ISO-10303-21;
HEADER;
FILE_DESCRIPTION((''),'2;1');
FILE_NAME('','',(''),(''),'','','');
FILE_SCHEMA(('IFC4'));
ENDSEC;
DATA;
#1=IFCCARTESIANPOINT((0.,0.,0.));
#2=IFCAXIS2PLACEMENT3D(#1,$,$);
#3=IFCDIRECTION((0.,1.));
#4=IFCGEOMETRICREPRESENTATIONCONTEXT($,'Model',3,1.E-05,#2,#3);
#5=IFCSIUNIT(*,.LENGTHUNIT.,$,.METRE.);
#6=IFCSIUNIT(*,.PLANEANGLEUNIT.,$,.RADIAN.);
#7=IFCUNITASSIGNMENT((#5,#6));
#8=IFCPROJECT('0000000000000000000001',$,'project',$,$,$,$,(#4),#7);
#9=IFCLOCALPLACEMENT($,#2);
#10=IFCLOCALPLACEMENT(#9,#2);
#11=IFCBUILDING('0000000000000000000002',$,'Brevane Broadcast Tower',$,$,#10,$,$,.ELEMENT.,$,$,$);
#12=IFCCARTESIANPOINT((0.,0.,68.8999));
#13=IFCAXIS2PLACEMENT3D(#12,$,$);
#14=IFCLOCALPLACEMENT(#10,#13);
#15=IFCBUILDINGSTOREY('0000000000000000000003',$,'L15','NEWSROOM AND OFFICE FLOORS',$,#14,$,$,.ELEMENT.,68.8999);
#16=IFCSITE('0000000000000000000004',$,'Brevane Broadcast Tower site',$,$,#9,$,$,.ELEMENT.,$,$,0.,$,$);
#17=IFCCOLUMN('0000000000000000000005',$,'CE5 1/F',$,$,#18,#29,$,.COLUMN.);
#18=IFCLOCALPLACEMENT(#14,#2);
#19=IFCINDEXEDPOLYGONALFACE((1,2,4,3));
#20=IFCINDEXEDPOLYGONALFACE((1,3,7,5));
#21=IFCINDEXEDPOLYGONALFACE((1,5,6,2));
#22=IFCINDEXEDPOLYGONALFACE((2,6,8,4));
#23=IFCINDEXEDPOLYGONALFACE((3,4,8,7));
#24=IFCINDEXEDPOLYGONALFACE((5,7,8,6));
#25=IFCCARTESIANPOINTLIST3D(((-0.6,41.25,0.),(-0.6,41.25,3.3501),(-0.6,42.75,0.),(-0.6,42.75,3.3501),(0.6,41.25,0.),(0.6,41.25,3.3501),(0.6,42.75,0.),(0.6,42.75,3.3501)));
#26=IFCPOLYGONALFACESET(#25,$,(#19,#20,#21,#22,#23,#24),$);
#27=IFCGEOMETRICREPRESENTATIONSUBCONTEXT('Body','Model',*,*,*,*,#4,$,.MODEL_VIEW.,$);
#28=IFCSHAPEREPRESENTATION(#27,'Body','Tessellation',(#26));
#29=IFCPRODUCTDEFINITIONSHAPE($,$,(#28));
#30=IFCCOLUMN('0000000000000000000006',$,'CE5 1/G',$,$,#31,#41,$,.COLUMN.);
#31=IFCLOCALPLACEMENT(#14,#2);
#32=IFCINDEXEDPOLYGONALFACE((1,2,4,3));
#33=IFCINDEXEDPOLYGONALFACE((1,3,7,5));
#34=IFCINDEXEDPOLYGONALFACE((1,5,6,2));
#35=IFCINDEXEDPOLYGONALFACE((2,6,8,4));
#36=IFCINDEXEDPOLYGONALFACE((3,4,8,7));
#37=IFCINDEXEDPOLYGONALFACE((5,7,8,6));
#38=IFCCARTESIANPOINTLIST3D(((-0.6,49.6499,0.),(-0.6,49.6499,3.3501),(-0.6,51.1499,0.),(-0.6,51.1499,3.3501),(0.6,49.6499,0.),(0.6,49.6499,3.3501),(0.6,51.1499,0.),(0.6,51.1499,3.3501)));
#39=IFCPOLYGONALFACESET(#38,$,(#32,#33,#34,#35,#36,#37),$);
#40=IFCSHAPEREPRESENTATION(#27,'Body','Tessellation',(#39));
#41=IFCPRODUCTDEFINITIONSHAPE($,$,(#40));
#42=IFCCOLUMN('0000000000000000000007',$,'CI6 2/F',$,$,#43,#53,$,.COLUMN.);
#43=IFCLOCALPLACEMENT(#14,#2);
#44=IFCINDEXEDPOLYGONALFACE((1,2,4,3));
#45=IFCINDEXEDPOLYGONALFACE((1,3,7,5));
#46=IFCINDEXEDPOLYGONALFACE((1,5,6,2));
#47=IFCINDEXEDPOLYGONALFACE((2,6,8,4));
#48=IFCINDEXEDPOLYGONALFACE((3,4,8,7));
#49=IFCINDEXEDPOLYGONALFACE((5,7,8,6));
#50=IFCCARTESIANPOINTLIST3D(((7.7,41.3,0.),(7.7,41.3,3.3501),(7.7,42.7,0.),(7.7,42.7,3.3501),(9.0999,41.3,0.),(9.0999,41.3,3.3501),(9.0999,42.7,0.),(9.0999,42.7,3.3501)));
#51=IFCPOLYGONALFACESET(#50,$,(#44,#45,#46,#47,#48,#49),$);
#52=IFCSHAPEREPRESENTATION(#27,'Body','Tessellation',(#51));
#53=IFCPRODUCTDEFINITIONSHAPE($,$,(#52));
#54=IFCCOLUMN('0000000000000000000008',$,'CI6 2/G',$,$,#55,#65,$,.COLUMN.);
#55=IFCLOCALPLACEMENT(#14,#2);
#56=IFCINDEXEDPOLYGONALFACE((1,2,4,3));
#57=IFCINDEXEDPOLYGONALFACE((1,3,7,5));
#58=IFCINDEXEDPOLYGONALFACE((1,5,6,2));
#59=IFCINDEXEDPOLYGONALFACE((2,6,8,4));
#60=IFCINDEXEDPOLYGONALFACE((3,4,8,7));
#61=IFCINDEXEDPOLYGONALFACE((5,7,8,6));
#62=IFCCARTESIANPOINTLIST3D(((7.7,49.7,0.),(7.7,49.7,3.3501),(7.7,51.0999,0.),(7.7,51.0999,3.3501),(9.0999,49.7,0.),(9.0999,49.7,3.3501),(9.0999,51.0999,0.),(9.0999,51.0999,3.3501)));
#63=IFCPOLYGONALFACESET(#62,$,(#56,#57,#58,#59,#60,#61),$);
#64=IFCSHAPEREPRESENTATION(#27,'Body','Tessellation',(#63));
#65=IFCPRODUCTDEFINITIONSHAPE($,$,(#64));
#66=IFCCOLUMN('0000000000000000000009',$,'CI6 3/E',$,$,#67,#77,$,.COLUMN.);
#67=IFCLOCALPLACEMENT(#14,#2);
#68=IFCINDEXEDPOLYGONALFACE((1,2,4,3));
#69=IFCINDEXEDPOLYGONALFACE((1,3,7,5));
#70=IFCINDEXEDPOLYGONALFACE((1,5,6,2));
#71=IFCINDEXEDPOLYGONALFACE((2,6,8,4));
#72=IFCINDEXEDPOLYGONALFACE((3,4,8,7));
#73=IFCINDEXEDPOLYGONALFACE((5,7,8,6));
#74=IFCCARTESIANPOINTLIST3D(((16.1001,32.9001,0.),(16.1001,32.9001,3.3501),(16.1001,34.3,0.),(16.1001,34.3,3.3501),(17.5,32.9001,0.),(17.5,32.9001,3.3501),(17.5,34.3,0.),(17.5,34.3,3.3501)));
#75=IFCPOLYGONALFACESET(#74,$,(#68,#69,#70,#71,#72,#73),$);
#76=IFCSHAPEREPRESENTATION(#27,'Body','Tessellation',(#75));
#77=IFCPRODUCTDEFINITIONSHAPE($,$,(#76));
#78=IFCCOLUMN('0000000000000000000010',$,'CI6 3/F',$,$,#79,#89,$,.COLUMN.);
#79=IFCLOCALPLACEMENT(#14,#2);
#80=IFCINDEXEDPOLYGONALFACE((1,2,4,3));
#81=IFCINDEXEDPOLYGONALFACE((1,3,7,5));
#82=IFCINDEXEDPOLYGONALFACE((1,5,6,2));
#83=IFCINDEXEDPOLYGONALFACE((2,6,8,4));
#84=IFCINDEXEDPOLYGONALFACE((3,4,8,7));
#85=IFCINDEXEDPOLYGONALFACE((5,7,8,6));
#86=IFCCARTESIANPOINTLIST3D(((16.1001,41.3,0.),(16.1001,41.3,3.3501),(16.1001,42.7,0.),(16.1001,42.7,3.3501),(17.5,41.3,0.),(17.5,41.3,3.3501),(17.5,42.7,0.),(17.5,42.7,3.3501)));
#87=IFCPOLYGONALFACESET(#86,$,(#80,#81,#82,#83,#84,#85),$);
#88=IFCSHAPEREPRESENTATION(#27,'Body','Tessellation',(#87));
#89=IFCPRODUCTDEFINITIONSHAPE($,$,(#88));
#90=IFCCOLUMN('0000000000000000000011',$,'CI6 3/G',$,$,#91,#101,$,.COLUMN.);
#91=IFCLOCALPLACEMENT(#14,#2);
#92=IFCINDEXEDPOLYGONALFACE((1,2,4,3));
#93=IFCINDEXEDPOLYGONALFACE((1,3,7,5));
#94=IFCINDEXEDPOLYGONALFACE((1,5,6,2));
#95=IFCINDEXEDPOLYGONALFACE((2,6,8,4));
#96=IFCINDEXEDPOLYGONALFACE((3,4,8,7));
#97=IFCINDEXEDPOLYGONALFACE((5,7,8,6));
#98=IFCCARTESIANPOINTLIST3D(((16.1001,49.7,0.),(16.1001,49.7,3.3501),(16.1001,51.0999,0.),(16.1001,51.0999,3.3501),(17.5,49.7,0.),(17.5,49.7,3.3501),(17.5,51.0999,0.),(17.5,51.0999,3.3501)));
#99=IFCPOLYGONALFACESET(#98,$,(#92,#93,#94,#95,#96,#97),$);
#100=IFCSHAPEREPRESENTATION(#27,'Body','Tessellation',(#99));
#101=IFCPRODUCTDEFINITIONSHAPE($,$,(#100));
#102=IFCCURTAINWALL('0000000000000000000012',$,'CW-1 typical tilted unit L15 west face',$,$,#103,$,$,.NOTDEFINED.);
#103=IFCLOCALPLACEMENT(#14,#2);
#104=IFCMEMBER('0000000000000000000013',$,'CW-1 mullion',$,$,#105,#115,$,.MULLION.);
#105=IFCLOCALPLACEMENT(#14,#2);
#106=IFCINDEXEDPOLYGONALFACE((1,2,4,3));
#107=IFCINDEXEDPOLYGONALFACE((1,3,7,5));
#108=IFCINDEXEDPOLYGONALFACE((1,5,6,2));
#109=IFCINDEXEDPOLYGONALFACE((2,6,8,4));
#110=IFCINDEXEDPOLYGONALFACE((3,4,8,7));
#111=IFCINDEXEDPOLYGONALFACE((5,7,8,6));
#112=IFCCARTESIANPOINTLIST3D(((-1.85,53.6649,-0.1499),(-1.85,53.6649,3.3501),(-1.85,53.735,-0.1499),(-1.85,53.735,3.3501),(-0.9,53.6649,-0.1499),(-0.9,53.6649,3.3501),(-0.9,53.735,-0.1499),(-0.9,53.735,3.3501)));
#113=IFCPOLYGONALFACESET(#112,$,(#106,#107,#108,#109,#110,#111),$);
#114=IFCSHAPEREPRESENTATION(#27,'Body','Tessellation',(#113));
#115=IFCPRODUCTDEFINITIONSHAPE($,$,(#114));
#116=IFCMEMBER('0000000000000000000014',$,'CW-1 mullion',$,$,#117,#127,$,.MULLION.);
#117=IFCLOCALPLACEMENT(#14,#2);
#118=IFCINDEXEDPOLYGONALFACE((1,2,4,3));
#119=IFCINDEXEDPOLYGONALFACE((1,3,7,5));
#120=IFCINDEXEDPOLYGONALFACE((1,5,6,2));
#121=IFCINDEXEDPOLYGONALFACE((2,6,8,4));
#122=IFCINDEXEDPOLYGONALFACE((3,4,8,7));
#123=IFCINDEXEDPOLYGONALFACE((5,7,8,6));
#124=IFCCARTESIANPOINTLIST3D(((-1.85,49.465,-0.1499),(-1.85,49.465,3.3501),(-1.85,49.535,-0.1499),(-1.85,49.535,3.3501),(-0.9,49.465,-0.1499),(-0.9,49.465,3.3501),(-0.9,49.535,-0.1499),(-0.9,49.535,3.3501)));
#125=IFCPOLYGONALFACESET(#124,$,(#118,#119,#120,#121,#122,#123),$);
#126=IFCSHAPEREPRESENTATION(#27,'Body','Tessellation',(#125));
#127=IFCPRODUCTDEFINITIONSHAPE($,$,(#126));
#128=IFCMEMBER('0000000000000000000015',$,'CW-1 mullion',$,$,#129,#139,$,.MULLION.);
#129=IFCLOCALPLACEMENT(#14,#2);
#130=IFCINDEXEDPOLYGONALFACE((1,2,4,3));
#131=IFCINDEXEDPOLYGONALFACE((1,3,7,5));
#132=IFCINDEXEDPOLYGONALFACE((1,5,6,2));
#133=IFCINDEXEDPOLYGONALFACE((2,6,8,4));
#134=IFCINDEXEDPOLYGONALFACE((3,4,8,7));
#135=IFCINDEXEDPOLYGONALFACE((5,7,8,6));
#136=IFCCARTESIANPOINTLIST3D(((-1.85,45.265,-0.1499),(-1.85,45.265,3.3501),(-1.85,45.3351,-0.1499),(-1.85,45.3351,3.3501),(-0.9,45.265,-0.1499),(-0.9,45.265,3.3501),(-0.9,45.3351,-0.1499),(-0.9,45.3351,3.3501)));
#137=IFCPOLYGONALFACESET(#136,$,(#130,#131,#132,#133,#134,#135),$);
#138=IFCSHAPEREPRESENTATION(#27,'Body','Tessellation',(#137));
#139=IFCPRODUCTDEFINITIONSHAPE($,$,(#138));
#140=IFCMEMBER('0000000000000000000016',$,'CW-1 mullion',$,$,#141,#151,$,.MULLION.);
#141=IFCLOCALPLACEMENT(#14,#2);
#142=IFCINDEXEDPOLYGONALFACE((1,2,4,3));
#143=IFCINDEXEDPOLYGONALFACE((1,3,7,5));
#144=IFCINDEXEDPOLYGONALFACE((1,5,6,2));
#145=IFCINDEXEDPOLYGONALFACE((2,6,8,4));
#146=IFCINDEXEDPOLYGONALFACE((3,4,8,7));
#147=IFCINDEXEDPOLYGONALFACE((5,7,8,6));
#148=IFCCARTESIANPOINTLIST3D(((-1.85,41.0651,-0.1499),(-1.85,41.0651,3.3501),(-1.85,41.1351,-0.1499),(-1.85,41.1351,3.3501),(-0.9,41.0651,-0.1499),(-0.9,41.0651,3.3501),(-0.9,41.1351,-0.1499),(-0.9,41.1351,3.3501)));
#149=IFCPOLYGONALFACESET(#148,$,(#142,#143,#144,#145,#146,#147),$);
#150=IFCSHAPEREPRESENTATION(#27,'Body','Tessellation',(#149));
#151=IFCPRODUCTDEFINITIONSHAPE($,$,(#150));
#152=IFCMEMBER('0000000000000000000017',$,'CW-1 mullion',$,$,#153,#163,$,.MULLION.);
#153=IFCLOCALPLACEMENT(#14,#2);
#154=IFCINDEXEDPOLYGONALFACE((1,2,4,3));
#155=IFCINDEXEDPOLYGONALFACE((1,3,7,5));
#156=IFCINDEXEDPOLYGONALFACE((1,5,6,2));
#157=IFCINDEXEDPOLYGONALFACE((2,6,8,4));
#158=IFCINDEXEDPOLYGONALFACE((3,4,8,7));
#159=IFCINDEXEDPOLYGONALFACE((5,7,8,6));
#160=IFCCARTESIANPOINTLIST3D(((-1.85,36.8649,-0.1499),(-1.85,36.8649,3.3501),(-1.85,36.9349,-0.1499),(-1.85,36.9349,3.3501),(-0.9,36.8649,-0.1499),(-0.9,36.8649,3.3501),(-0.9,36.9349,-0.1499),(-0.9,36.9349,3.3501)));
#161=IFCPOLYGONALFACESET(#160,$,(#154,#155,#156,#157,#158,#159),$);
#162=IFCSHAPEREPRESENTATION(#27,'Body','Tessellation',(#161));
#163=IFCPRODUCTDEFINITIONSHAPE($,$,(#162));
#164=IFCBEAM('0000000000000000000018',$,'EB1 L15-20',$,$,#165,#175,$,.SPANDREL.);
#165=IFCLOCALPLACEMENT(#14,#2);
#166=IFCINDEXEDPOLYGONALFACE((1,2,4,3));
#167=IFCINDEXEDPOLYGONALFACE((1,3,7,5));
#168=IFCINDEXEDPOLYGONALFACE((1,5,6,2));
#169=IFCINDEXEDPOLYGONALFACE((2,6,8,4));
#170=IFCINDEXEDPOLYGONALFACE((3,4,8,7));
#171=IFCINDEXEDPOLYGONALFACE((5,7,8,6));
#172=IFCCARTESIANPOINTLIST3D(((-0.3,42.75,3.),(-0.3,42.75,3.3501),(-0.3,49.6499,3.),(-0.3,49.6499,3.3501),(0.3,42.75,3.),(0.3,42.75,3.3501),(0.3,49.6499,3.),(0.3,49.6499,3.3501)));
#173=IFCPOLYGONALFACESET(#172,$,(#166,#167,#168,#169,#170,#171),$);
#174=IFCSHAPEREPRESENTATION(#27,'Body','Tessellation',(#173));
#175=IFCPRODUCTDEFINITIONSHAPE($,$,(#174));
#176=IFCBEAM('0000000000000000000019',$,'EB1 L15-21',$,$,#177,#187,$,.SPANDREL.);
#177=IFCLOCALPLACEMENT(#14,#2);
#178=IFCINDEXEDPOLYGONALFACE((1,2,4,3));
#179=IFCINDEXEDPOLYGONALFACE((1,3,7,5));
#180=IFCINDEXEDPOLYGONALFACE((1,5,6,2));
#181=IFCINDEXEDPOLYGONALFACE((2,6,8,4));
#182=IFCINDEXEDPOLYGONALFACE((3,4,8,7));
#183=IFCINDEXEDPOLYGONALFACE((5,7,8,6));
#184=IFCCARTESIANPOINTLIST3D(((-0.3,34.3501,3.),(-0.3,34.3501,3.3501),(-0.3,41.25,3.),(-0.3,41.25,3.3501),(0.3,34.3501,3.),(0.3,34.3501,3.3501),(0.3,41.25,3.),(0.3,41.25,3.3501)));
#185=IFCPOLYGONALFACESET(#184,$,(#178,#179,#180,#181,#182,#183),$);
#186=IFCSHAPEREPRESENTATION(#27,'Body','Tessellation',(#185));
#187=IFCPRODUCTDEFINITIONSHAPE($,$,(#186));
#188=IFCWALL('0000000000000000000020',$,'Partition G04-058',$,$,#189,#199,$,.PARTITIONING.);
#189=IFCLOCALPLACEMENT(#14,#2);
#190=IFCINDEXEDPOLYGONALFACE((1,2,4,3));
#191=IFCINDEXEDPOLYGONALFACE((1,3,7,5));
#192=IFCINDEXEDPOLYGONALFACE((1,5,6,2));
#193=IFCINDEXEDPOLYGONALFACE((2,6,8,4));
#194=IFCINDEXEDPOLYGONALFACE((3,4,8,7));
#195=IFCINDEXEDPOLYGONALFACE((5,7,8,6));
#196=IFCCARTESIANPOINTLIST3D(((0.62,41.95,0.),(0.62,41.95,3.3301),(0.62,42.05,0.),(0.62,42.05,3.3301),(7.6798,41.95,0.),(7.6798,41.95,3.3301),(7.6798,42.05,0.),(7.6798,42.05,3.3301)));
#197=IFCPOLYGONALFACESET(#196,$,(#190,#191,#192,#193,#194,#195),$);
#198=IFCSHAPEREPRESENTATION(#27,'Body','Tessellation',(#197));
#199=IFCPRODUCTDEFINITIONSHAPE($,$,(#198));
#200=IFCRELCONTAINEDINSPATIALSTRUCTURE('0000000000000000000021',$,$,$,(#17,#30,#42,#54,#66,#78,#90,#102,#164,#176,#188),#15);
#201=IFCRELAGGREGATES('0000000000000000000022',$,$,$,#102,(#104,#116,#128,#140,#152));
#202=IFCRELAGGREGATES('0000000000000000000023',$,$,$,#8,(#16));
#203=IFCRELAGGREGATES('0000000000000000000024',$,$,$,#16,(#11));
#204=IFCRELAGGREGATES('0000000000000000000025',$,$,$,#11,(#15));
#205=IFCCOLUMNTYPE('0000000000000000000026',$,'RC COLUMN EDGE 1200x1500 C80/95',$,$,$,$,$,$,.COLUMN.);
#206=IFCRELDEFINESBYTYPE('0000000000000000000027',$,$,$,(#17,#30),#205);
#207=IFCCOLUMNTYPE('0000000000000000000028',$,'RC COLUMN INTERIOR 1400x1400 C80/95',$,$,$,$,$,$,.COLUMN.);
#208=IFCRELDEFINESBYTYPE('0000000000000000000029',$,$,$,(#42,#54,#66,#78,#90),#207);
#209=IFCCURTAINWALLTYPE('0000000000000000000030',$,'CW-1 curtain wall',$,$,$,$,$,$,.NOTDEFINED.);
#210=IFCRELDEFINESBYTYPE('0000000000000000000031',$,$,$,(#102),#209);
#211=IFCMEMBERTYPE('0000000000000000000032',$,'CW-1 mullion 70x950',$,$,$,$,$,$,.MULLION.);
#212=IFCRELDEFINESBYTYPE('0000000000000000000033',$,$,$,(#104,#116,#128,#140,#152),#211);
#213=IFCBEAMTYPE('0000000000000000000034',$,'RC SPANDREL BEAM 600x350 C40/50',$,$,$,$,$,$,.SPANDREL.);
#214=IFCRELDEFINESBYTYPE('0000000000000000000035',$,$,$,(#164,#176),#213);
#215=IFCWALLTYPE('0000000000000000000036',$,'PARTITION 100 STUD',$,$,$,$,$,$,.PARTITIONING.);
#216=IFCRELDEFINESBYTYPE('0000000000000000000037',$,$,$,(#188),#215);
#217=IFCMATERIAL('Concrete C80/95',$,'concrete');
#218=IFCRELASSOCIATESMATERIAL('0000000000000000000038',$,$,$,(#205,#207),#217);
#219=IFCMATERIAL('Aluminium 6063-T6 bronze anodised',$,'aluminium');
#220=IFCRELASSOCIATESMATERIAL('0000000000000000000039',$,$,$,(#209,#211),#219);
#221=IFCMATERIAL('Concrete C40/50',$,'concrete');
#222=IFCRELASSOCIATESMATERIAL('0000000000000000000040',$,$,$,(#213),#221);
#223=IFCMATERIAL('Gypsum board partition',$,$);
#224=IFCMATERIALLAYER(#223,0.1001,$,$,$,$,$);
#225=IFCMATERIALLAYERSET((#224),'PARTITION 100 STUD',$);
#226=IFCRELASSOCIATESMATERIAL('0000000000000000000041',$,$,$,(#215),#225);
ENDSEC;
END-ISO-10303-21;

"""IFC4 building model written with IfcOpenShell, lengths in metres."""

from ifc_helpers import new_model, si_unit, direction, frame, frame_2d, origin, origin_2d, place, context, subcontext, project, spatial, rectangle, extrude, material, layer, layer_set, material_profile, profile_set, type_object, element, aggregate, save


model = new_model("IFC4")

# Units and contexts
model_context = context("Model", 3, precision=1e-05, world=origin(), true_north=direction((0.0, 1.0)))
body_context = subcontext(model_context, "Body", "Model", "MODEL_VIEW")
ifc_project = project(units=[si_unit("LENGTHUNIT", "METRE"), si_unit("PLANEANGLEUNIT", "RADIAN")], contexts=[model_context])

# Site, building, storey
site_placement = place(None, origin())
site = spatial("IfcSite", under=ifc_project, at=site_placement, Name="Brevane Broadcast Tower site", CompositionType="ELEMENT", RefElevation=0.0)
building_placement = place(site_placement, origin())
building = spatial("IfcBuilding", under=site, at=building_placement, Name="Brevane Broadcast Tower", CompositionType="ELEMENT")
storey_placement = place(building_placement, frame((0.0, 0.0, 68.8999)))
storey = spatial("IfcBuildingStorey", under=building, at=storey_placement, Name="L15", Description="NEWSROOM AND OFFICE FLOORS", CompositionType="ELEMENT", Elevation=68.8999)

# Columns
ifc_material_1 = material(Name="Concrete C80/95", Category="concrete")
ifc_material_profile_1 = material_profile(ifc_material_1, rectangle(XDim=1.2, YDim=1.5, at=origin_2d()), Name="RC 1200x1500")
ifc_profile_set_1 = profile_set([ifc_material_profile_1], Name="Concrete C80/95")
column_type_1 = type_object("IfcColumnType", Name="RC COLUMN EDGE 1200x1500 C80/95", PredefinedType="COLUMN", material=ifc_profile_set_1)
for number, where, z_axis, x_axis, name in (
    (1, (0.0, 42.0, 0.0), (0.0, 0.0, 1.0), (1.0, 0.0, 0.0), "CE5 1/F"),
    (2, (0.0, 50.3999, 0.0), (0.0, 0.0, 1.0), (1.0, 0.0, 0.0), "CE5 1/G"),
):
    element("IfcColumn", number, at=place(storey_placement, frame(where, z_axis=z_axis, x_axis=x_axis)), inside=storey, type_object=column_type_1, Name=name, PredefinedType="COLUMN", context=body_context, shape_type="SweptSolid", body=[
        extrude(rectangle(XDim=1.2, YDim=1.5, at=origin_2d()), origin(), (0.0, 0.0, 1.0), 3.3501),
    ])
ifc_material_profile_2 = material_profile(ifc_material_1, rectangle(XDim=1.3999, YDim=1.3999, at=origin_2d()), Name="RC 1400x1400")
ifc_profile_set_2 = profile_set([ifc_material_profile_2], Name="Concrete C80/95")
column_type_2 = type_object("IfcColumnType", Name="RC COLUMN INTERIOR 1400x1400 C80/95", PredefinedType="COLUMN", material=ifc_profile_set_2)
for number, where, z_axis, x_axis, name in (
    (3, (8.3999, 42.0, 0.0), (0.0, 0.0, 1.0), (1.0, 0.0, 0.0), "CI6 2/F"),
    (4, (8.3999, 50.3999, 0.0), (0.0, 0.0, 1.0), (1.0, 0.0, 0.0), "CI6 2/G"),
    (5, (16.8, 33.6001, 0.0), (0.0, 0.0, 1.0), (1.0, 0.0, 0.0), "CI6 3/E"),
    (6, (16.8, 42.0, 0.0), (0.0, 0.0, 1.0), (1.0, 0.0, 0.0), "CI6 3/F"),
    (7, (16.8, 50.3999, 0.0), (0.0, 0.0, 1.0), (1.0, 0.0, 0.0), "CI6 3/G"),
):
    element("IfcColumn", number, at=place(storey_placement, frame(where, z_axis=z_axis, x_axis=x_axis)), inside=storey, type_object=column_type_2, Name=name, PredefinedType="COLUMN", context=body_context, shape_type="SweptSolid", body=[
        extrude(rectangle(XDim=1.3999, YDim=1.3999, at=origin_2d()), origin(), (0.0, 0.0, 1.0), 3.3501),
    ])

# Curtain wall, members
ifc_material_2 = material(Name="Aluminium 6063-T6 bronze anodised", Category="aluminium")
curtain_wall_type = type_object("IfcCurtainWallType", Name="CW-1 curtain wall", PredefinedType="NOTDEFINED", material=ifc_material_2)
curtain_wall_placement = place(storey_placement, origin())
curtain_wall = element("IfcCurtainWall", 8, at=curtain_wall_placement, inside=storey, type_object=curtain_wall_type, Name="CW-1 typical tilted unit L15 west face", PredefinedType="NOTDEFINED")
ifc_material_profile_3 = material_profile(ifc_material_2, rectangle(XDim=0.95, YDim=0.0701, at=origin_2d()), Name="RECT 70x950")
ifc_profile_set_3 = profile_set([ifc_material_profile_3], Name="Aluminium 6063-T6 bronze anodised")
member_type = type_object("IfcMemberType", Name="CW-1 mullion 70x950", PredefinedType="MULLION", material=ifc_profile_set_3)
member_1_placement = place(storey_placement, frame((-1.375, 53.7, -0.1499), z_axis=(0.0, 0.0, 1.0), x_axis=(1.0, 0.0, 0.0)))
member_1 = element("IfcMember", 9, at=member_1_placement, type_object=member_type, Name="CW-1 mullion", PredefinedType="MULLION", context=body_context, shape_type="SweptSolid", body=[
    extrude(rectangle(XDim=0.95, YDim=0.0701, at=origin_2d()), origin(), (0.0, 0.0, 1.0), 3.5),
])
member_2_placement = place(storey_placement, frame((-1.375, 49.5, -0.1499), z_axis=(0.0, 0.0, 1.0), x_axis=(1.0, 0.0, 0.0)))
member_2 = element("IfcMember", 10, at=member_2_placement, type_object=member_type, Name="CW-1 mullion", PredefinedType="MULLION", context=body_context, shape_type="SweptSolid", body=[
    extrude(rectangle(XDim=0.95, YDim=0.0701, at=origin_2d()), origin(), (0.0, 0.0, 1.0), 3.5),
])
member_3_placement = place(storey_placement, frame((-1.375, 45.3, -0.1499), z_axis=(0.0, 0.0, 1.0), x_axis=(1.0, 0.0, 0.0)))
member_3 = element("IfcMember", 11, at=member_3_placement, type_object=member_type, Name="CW-1 mullion", PredefinedType="MULLION", context=body_context, shape_type="SweptSolid", body=[
    extrude(rectangle(XDim=0.95, YDim=0.0701, at=origin_2d()), origin(), (0.0, 0.0, 1.0), 3.5),
])
member_4_placement = place(storey_placement, frame((-1.375, 41.1001, -0.1499), z_axis=(0.0, 0.0, 1.0), x_axis=(1.0, 0.0, 0.0)))
member_4 = element("IfcMember", 12, at=member_4_placement, type_object=member_type, Name="CW-1 mullion", PredefinedType="MULLION", context=body_context, shape_type="SweptSolid", body=[
    extrude(rectangle(XDim=0.95, YDim=0.0701, at=origin_2d()), origin(), (0.0, 0.0, 1.0), 3.5),
])
member_5_placement = place(storey_placement, frame((-1.375, 36.8999, -0.1499), z_axis=(0.0, 0.0, 1.0), x_axis=(1.0, 0.0, 0.0)))
member_5 = element("IfcMember", 13, at=member_5_placement, type_object=member_type, Name="CW-1 mullion", PredefinedType="MULLION", context=body_context, shape_type="SweptSolid", body=[
    extrude(rectangle(XDim=0.95, YDim=0.0701, at=origin_2d()), origin(), (0.0, 0.0, 1.0), 3.5),
])
aggregate(curtain_wall, [member_1, member_2, member_3, member_4, member_5])

# Beams
ifc_material_3 = material(Name="Concrete C40/50", Category="concrete")
ifc_material_profile_4 = material_profile(ifc_material_3, rectangle(XDim=0.6001, YDim=0.3501, at=origin_2d()), Name="RC 600x350")
ifc_profile_set_4 = profile_set([ifc_material_profile_4], Name="Concrete C40/50")
beam_type = type_object("IfcBeamType", Name="RC SPANDREL BEAM 600x350 C40/50", PredefinedType="SPANDREL", material=ifc_profile_set_4)
for number, where, z_axis, x_axis, name in (
    (14, (0.0, 49.6499, 3.175), (0.0, -1.0, 0.0), (1.0, 0.0, 0.0), "EB1 L15-20"),
    (15, (0.0, 41.25, 3.175), (0.0, -1.0, 0.0), (1.0, 0.0, 0.0), "EB1 L15-21"),
):
    element("IfcBeam", number, at=place(storey_placement, frame(where, z_axis=z_axis, x_axis=x_axis)), inside=storey, type_object=beam_type, Name=name, PredefinedType="SPANDREL", context=body_context, shape_type="SweptSolid", body=[
        extrude(rectangle(XDim=0.6001, YDim=0.3501, at=origin_2d()), origin(), (0.0, 0.0, 1.0), 6.8999),
    ])

# Wall
ifc_material_4 = material(Name="Gypsum board partition")
ifc_layer_1 = layer(ifc_material_4, 0.1001)
ifc_layer_set_1 = layer_set([ifc_layer_1], Name="PARTITION 100 STUD")
wall_type_1 = type_object("IfcWallType", Name="PARTITION 100 STUD", PredefinedType="PARTITIONING", material=ifc_layer_set_1)
wall_1_placement = place(storey_placement, frame((0.6201, 42.0, 0.0), z_axis=(0.0, 0.0, 1.0), x_axis=(1.0, 0.0, 0.0)))
element("IfcWall", 16, at=wall_1_placement, inside=storey, type_object=wall_type_1, Name="Partition G04-058", PredefinedType="PARTITIONING", context=body_context, shape_type="SweptSolid", body=[
    extrude(rectangle(XDim=7.0598, YDim=0.1001, at=frame_2d((3.5298, 0.0))), origin(), (0.0, 0.0, 1.0), 3.3301),
])

save(model, "model.ifc")
